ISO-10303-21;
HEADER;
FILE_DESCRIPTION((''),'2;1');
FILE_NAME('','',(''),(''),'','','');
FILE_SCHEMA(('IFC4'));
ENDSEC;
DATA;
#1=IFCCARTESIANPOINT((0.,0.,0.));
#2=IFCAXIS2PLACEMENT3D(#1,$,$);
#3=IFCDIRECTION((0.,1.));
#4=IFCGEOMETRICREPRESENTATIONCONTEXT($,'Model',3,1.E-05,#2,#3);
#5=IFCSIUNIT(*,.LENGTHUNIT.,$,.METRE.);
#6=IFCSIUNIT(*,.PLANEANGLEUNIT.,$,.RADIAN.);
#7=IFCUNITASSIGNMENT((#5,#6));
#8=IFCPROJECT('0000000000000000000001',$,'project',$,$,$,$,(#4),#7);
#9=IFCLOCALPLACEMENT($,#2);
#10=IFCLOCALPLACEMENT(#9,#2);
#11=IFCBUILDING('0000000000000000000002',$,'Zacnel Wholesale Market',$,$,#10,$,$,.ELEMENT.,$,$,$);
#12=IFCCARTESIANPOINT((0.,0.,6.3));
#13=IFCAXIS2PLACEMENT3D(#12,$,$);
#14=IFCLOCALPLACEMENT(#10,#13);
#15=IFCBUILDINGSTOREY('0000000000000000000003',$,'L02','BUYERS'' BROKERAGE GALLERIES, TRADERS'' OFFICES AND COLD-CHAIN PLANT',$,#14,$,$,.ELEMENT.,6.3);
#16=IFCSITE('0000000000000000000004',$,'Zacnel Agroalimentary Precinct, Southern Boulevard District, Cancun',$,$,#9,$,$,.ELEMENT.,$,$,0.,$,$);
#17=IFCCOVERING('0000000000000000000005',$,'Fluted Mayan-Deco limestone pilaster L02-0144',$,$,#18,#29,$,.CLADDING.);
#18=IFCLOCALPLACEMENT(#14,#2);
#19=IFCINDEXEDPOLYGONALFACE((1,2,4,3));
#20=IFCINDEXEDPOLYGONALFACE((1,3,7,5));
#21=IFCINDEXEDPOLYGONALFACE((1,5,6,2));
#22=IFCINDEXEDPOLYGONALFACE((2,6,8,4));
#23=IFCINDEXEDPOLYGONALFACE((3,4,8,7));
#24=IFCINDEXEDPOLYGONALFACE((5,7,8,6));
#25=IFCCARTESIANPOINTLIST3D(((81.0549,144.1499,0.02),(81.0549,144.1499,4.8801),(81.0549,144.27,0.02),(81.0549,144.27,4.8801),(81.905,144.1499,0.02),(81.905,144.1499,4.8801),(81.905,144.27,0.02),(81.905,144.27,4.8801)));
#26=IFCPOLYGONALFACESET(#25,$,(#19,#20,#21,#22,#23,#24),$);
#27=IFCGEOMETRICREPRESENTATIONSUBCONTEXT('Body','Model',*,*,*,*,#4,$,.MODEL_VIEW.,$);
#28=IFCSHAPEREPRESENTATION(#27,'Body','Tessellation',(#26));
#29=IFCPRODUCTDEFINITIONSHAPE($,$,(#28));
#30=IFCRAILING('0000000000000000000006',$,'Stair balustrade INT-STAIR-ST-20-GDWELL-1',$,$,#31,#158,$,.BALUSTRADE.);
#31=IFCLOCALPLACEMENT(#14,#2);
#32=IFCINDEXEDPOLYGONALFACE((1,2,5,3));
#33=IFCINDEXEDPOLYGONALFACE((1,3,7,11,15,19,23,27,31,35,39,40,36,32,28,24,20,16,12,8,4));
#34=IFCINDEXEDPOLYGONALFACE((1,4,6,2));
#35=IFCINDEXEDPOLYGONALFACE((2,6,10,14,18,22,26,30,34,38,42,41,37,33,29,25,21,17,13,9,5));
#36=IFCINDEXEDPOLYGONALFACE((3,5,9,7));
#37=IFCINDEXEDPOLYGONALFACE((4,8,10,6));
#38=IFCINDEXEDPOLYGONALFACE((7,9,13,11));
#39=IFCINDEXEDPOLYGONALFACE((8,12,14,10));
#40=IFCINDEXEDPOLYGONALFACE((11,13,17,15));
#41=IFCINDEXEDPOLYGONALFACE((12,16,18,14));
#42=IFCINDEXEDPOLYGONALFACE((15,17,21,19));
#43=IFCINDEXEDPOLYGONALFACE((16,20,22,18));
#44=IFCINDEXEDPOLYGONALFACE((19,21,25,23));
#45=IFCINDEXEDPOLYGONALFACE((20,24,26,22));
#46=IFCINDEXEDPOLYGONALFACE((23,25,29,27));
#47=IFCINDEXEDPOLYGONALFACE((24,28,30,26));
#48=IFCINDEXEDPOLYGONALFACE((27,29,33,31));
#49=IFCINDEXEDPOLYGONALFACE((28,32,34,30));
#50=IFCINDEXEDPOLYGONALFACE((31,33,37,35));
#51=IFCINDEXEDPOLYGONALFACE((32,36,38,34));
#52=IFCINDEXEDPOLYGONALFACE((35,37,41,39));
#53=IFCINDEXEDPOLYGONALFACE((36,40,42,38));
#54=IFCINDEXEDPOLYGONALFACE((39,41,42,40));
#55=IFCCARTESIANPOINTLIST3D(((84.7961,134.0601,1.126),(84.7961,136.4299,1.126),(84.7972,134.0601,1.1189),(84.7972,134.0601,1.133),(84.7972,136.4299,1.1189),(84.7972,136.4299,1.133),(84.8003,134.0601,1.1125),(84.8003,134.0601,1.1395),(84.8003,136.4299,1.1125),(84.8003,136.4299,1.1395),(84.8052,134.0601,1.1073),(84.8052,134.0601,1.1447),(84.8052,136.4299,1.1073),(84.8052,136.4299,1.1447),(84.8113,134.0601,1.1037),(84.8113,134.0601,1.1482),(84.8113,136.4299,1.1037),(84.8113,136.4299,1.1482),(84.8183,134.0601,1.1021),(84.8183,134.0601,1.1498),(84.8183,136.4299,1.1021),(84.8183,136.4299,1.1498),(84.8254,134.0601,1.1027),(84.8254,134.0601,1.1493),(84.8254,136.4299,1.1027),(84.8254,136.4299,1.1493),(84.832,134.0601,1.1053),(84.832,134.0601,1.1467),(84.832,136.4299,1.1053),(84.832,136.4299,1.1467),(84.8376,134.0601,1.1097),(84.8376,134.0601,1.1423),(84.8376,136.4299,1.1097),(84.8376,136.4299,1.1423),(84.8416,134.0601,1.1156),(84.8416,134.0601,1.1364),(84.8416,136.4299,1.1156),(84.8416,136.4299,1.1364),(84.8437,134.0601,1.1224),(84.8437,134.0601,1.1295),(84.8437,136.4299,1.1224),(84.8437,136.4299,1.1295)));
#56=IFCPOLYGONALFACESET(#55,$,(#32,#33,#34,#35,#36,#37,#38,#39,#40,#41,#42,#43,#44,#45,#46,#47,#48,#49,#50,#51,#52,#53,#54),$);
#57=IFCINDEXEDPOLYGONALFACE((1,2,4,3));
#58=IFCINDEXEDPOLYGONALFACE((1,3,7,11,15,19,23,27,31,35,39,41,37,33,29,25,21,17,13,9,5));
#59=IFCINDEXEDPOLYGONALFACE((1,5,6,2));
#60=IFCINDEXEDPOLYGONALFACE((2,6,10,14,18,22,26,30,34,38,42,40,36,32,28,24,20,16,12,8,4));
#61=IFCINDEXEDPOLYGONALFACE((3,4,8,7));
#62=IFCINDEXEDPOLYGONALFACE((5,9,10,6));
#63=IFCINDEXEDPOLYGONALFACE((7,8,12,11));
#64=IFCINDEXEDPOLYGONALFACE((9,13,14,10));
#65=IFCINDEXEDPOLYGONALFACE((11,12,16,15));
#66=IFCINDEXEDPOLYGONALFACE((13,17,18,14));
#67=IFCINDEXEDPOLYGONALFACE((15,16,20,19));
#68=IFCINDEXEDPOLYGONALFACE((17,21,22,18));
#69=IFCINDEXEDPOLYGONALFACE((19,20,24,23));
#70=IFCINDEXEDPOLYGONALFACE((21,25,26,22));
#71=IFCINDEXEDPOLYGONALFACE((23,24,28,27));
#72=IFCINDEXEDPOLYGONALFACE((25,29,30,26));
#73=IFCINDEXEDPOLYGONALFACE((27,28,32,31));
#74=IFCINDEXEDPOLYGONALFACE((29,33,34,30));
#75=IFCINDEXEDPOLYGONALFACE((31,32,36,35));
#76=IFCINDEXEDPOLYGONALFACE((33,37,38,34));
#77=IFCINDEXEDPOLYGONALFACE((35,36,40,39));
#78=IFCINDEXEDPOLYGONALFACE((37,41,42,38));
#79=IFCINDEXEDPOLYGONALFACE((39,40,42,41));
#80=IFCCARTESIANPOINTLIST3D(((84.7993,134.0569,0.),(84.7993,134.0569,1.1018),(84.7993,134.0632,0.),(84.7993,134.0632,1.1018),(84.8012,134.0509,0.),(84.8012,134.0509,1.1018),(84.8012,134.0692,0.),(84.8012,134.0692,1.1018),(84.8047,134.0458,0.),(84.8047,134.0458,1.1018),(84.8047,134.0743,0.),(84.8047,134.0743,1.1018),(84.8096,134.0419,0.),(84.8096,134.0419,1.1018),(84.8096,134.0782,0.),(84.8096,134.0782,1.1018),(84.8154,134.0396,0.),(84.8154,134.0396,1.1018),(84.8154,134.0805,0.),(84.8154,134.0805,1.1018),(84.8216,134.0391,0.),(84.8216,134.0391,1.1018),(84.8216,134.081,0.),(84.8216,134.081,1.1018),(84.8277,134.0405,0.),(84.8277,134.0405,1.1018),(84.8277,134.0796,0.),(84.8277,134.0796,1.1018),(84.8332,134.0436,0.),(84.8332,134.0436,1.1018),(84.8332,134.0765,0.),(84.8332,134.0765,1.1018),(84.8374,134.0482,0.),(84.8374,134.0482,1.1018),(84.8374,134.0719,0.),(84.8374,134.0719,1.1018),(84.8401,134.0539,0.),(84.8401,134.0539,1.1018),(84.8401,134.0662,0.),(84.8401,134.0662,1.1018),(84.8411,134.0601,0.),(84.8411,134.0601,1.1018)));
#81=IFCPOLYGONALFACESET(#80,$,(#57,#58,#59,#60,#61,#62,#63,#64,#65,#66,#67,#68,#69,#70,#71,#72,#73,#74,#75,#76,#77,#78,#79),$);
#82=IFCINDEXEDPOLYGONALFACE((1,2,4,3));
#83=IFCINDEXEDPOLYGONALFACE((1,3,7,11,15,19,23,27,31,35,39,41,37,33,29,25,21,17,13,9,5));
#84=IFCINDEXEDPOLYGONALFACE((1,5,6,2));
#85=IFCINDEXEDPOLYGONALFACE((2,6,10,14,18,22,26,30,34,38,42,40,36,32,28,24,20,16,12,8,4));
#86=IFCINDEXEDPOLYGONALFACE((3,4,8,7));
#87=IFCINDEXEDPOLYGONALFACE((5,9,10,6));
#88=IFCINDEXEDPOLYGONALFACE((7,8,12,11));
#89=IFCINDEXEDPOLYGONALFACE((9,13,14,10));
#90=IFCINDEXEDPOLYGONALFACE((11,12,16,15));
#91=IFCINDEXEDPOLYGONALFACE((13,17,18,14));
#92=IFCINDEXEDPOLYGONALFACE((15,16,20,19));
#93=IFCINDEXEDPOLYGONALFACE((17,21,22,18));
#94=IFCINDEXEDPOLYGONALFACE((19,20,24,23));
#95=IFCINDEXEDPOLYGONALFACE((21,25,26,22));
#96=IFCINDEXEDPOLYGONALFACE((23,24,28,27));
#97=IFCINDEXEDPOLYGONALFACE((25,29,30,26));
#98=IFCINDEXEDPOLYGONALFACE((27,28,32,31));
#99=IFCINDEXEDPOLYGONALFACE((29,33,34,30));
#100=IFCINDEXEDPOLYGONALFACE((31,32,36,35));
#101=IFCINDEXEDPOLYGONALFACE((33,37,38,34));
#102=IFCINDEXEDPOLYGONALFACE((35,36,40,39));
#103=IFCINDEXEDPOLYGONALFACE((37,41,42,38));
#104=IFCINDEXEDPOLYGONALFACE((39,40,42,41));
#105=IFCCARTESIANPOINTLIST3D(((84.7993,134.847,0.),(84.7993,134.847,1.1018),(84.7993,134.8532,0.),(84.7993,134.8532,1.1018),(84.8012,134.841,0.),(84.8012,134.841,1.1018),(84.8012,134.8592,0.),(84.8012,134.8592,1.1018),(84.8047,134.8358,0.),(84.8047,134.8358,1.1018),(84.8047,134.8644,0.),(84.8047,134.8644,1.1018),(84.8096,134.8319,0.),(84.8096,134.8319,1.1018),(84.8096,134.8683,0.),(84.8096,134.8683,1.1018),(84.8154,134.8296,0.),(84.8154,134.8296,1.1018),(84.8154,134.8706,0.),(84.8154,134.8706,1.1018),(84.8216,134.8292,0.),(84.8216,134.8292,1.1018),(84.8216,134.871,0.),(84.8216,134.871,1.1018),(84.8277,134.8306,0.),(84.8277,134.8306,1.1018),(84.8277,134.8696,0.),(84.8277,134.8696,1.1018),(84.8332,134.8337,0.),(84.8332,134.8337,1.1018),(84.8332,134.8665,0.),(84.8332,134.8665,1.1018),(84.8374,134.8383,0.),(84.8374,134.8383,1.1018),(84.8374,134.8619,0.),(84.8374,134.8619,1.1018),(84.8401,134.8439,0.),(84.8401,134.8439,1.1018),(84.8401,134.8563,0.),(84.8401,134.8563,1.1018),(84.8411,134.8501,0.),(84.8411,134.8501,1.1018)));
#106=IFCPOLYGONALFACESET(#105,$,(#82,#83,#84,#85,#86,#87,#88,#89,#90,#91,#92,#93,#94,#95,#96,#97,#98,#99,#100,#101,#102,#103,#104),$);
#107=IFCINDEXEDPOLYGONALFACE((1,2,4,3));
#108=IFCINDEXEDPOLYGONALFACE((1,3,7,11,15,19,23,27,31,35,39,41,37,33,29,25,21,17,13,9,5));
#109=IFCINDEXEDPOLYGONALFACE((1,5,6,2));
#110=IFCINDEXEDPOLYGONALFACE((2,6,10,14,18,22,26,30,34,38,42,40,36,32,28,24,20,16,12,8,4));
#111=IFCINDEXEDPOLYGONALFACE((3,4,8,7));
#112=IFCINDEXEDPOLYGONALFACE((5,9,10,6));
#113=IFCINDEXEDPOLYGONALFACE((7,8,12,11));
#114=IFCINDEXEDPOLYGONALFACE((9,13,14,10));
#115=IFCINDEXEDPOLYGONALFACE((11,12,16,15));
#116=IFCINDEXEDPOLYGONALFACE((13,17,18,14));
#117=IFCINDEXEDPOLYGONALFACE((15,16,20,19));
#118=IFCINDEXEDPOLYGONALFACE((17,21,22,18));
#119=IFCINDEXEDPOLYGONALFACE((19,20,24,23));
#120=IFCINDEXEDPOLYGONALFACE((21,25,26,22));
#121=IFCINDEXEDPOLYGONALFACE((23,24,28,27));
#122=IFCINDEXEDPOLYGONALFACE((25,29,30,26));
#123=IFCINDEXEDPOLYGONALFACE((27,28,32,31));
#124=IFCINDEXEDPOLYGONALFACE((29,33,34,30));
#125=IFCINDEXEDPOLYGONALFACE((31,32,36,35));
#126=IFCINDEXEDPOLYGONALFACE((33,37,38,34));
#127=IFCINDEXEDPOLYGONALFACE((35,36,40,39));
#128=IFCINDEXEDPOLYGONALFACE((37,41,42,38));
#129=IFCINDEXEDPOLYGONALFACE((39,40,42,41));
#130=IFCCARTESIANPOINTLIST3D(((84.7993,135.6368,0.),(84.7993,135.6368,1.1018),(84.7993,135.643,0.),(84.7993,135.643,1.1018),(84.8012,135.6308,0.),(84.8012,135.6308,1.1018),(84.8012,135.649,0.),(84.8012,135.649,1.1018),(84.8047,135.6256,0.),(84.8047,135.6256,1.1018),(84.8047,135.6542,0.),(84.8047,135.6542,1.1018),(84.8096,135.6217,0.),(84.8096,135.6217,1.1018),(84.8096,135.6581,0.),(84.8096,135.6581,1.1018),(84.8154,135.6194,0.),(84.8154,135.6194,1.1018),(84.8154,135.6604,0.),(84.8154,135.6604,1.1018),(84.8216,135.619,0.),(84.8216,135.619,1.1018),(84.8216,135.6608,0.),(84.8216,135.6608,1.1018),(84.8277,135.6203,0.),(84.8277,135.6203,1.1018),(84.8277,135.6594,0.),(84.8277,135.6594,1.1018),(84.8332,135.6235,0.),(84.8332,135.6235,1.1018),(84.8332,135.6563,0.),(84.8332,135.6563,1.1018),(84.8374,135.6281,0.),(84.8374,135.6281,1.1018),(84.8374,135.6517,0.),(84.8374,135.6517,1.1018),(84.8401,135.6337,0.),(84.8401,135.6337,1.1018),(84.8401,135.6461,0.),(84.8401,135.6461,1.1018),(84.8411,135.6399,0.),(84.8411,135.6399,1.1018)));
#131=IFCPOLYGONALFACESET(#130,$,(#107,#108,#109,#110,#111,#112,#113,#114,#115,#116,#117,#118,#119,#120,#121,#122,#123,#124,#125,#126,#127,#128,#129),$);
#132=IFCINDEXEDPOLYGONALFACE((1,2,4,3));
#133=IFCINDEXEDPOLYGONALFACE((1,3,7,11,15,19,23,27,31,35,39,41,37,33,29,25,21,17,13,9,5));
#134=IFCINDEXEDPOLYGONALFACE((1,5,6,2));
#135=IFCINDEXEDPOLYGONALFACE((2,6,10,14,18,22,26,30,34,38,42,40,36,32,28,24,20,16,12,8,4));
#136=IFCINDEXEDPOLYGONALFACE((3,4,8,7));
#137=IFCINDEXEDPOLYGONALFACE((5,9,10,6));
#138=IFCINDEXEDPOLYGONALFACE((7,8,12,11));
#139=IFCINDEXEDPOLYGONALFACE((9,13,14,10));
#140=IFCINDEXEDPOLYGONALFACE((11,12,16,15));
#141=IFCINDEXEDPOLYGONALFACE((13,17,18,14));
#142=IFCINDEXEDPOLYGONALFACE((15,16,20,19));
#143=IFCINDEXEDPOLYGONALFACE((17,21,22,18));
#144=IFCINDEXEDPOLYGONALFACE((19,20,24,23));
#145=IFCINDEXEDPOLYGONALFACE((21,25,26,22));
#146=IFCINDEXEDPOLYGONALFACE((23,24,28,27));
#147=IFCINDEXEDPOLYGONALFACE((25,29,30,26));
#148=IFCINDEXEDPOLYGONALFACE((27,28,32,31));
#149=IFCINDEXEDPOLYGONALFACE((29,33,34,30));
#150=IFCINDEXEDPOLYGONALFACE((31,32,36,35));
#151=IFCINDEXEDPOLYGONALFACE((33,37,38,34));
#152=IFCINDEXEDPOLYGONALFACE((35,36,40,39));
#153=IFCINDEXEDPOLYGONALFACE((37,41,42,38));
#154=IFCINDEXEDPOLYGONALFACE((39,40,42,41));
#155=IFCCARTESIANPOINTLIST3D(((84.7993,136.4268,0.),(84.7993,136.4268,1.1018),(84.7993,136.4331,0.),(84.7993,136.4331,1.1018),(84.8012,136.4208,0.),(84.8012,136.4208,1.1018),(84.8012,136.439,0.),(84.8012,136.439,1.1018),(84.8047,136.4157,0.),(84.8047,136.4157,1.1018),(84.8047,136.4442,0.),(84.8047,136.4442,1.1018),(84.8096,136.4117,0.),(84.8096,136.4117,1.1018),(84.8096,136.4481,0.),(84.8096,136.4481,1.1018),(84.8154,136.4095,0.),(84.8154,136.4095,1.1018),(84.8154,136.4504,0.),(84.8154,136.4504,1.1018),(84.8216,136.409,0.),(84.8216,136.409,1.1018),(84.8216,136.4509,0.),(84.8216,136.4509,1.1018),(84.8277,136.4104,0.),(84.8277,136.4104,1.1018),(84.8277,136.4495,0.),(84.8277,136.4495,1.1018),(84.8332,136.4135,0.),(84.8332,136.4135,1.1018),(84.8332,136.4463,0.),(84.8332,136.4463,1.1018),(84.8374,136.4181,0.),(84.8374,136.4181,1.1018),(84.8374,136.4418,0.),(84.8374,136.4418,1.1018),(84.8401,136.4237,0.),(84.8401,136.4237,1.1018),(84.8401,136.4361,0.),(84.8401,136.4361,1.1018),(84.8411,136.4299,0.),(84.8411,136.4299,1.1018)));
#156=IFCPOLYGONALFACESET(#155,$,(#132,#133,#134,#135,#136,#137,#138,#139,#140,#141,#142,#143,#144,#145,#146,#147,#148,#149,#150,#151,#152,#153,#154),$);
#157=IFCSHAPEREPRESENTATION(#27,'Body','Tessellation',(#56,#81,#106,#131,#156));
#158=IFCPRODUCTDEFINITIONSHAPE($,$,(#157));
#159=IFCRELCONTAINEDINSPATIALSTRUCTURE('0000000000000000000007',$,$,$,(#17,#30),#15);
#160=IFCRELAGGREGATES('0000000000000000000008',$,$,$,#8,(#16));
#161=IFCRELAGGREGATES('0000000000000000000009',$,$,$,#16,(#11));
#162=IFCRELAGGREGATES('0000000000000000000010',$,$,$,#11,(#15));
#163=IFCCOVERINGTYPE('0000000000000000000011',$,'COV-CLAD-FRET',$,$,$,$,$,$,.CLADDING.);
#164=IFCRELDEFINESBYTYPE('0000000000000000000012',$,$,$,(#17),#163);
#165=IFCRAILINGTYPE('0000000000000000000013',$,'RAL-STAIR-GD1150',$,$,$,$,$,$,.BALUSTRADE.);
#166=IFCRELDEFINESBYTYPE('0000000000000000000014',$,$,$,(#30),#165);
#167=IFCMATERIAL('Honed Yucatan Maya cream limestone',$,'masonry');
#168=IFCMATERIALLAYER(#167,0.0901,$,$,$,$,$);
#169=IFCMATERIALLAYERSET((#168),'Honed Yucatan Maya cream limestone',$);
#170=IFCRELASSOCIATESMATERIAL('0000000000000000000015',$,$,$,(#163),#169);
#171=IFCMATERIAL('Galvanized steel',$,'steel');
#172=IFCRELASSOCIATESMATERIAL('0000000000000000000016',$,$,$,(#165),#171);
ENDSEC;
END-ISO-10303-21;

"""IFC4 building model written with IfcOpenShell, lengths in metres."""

from ifc_helpers import new_model, si_unit, direction, frame, origin, origin_2d, place, context, subcontext, project, spatial, rectangle, circle, extrude, material, layer, layer_set, type_object, element, save


model = new_model("IFC4")

# Units and contexts
model_context = context("Model", 3, precision=1e-05, world=origin(), true_north=direction((0.0, 1.0)))
body_context = subcontext(model_context, "Body", "Model", "MODEL_VIEW")
ifc_project = project(units=[si_unit("LENGTHUNIT", "METRE"), si_unit("PLANEANGLEUNIT", "RADIAN")], contexts=[model_context])

# Site, building, storey
site_placement = place(None, origin())
site = spatial("IfcSite", under=ifc_project, at=site_placement, Name="Zacnel Agroalimentary Precinct, Southern Boulevard District, Cancun", CompositionType="ELEMENT", RefElevation=0.0)
building_placement = place(site_placement, origin())
building = spatial("IfcBuilding", under=site, at=building_placement, Name="Zacnel Wholesale Market", CompositionType="ELEMENT")
storey_placement = place(building_placement, frame((0.0, 0.0, 6.3)))
storey = spatial("IfcBuildingStorey", under=building, at=storey_placement, Name="L02", Description="BUYERS' BROKERAGE GALLERIES, TRADERS' OFFICES AND COLD-CHAIN PLANT", CompositionType="ELEMENT", Elevation=6.3)

# Covering
ifc_material_1 = material(Name="Honed Yucatan Maya cream limestone", Category="masonry")
ifc_layer_1 = layer(ifc_material_1, 0.0901)
ifc_layer_set_1 = layer_set([ifc_layer_1], Name="Honed Yucatan Maya cream limestone")
covering_type = type_object("IfcCoveringType", Name="COV-CLAD-FRET", PredefinedType="CLADDING", material=ifc_layer_set_1)
for number, where, z_axis, x_axis, name in (
    (1, (81.48, 144.21, 0.02), (0.0, 0.0, 1.0), (1.0, 0.0, 0.0), "Fluted Mayan-Deco limestone pilaster L02-0144"),
):
    element("IfcCovering", number, at=place(storey_placement, frame(where, z_axis=z_axis, x_axis=x_axis)), inside=storey, type_object=covering_type, Name=name, PredefinedType="CLADDING", context=body_context, shape_type="SweptSolid", body=[
        extrude(rectangle(XDim=0.8501, YDim=0.1201, at=origin_2d()), origin(), (0.0, 0.0, 1.0), 4.8601),
    ])

# Railing
ifc_material_2 = material(Name="Galvanized steel", Category="steel")
railing_type = type_object("IfcRailingType", Name="RAL-STAIR-GD1150", PredefinedType="BALUSTRADE", material=ifc_material_2)
railing_placement = place(storey_placement, frame((84.8201, 134.0601, 0.0)))
element("IfcRailing", 2, at=railing_placement, inside=storey, type_object=railing_type, Name="Stair balustrade INT-STAIR-ST-20-GDWELL-1", PredefinedType="BALUSTRADE", context=body_context, shape_type="SweptSolid", body=[
    extrude(circle(Radius=0.0239, at=origin_2d()), frame((0.0, 0.0, 1.126), z_axis=(0.0, 1.0, 0.0), x_axis=(-1.0, 0.0, 0.0)), (0.0, 0.0, 1.0), 2.3699),
    extrude(circle(Radius=0.021, at=origin_2d()), origin(), (0.0, 0.0, 1.0), 1.1018),
    extrude(circle(Radius=0.021, at=origin_2d()), frame((0.0, 0.79, 0.0)), (0.0, 0.0, 1.0), 1.1018),
    extrude(circle(Radius=0.021, at=origin_2d()), frame((0.0, 1.5798, 0.0)), (0.0, 0.0, 1.0), 1.1018),
    extrude(circle(Radius=0.021, at=origin_2d()), frame((0.0, 2.3699, 0.0)), (0.0, 0.0, 1.0), 1.1018),
])

save(model, "model.ifc")
